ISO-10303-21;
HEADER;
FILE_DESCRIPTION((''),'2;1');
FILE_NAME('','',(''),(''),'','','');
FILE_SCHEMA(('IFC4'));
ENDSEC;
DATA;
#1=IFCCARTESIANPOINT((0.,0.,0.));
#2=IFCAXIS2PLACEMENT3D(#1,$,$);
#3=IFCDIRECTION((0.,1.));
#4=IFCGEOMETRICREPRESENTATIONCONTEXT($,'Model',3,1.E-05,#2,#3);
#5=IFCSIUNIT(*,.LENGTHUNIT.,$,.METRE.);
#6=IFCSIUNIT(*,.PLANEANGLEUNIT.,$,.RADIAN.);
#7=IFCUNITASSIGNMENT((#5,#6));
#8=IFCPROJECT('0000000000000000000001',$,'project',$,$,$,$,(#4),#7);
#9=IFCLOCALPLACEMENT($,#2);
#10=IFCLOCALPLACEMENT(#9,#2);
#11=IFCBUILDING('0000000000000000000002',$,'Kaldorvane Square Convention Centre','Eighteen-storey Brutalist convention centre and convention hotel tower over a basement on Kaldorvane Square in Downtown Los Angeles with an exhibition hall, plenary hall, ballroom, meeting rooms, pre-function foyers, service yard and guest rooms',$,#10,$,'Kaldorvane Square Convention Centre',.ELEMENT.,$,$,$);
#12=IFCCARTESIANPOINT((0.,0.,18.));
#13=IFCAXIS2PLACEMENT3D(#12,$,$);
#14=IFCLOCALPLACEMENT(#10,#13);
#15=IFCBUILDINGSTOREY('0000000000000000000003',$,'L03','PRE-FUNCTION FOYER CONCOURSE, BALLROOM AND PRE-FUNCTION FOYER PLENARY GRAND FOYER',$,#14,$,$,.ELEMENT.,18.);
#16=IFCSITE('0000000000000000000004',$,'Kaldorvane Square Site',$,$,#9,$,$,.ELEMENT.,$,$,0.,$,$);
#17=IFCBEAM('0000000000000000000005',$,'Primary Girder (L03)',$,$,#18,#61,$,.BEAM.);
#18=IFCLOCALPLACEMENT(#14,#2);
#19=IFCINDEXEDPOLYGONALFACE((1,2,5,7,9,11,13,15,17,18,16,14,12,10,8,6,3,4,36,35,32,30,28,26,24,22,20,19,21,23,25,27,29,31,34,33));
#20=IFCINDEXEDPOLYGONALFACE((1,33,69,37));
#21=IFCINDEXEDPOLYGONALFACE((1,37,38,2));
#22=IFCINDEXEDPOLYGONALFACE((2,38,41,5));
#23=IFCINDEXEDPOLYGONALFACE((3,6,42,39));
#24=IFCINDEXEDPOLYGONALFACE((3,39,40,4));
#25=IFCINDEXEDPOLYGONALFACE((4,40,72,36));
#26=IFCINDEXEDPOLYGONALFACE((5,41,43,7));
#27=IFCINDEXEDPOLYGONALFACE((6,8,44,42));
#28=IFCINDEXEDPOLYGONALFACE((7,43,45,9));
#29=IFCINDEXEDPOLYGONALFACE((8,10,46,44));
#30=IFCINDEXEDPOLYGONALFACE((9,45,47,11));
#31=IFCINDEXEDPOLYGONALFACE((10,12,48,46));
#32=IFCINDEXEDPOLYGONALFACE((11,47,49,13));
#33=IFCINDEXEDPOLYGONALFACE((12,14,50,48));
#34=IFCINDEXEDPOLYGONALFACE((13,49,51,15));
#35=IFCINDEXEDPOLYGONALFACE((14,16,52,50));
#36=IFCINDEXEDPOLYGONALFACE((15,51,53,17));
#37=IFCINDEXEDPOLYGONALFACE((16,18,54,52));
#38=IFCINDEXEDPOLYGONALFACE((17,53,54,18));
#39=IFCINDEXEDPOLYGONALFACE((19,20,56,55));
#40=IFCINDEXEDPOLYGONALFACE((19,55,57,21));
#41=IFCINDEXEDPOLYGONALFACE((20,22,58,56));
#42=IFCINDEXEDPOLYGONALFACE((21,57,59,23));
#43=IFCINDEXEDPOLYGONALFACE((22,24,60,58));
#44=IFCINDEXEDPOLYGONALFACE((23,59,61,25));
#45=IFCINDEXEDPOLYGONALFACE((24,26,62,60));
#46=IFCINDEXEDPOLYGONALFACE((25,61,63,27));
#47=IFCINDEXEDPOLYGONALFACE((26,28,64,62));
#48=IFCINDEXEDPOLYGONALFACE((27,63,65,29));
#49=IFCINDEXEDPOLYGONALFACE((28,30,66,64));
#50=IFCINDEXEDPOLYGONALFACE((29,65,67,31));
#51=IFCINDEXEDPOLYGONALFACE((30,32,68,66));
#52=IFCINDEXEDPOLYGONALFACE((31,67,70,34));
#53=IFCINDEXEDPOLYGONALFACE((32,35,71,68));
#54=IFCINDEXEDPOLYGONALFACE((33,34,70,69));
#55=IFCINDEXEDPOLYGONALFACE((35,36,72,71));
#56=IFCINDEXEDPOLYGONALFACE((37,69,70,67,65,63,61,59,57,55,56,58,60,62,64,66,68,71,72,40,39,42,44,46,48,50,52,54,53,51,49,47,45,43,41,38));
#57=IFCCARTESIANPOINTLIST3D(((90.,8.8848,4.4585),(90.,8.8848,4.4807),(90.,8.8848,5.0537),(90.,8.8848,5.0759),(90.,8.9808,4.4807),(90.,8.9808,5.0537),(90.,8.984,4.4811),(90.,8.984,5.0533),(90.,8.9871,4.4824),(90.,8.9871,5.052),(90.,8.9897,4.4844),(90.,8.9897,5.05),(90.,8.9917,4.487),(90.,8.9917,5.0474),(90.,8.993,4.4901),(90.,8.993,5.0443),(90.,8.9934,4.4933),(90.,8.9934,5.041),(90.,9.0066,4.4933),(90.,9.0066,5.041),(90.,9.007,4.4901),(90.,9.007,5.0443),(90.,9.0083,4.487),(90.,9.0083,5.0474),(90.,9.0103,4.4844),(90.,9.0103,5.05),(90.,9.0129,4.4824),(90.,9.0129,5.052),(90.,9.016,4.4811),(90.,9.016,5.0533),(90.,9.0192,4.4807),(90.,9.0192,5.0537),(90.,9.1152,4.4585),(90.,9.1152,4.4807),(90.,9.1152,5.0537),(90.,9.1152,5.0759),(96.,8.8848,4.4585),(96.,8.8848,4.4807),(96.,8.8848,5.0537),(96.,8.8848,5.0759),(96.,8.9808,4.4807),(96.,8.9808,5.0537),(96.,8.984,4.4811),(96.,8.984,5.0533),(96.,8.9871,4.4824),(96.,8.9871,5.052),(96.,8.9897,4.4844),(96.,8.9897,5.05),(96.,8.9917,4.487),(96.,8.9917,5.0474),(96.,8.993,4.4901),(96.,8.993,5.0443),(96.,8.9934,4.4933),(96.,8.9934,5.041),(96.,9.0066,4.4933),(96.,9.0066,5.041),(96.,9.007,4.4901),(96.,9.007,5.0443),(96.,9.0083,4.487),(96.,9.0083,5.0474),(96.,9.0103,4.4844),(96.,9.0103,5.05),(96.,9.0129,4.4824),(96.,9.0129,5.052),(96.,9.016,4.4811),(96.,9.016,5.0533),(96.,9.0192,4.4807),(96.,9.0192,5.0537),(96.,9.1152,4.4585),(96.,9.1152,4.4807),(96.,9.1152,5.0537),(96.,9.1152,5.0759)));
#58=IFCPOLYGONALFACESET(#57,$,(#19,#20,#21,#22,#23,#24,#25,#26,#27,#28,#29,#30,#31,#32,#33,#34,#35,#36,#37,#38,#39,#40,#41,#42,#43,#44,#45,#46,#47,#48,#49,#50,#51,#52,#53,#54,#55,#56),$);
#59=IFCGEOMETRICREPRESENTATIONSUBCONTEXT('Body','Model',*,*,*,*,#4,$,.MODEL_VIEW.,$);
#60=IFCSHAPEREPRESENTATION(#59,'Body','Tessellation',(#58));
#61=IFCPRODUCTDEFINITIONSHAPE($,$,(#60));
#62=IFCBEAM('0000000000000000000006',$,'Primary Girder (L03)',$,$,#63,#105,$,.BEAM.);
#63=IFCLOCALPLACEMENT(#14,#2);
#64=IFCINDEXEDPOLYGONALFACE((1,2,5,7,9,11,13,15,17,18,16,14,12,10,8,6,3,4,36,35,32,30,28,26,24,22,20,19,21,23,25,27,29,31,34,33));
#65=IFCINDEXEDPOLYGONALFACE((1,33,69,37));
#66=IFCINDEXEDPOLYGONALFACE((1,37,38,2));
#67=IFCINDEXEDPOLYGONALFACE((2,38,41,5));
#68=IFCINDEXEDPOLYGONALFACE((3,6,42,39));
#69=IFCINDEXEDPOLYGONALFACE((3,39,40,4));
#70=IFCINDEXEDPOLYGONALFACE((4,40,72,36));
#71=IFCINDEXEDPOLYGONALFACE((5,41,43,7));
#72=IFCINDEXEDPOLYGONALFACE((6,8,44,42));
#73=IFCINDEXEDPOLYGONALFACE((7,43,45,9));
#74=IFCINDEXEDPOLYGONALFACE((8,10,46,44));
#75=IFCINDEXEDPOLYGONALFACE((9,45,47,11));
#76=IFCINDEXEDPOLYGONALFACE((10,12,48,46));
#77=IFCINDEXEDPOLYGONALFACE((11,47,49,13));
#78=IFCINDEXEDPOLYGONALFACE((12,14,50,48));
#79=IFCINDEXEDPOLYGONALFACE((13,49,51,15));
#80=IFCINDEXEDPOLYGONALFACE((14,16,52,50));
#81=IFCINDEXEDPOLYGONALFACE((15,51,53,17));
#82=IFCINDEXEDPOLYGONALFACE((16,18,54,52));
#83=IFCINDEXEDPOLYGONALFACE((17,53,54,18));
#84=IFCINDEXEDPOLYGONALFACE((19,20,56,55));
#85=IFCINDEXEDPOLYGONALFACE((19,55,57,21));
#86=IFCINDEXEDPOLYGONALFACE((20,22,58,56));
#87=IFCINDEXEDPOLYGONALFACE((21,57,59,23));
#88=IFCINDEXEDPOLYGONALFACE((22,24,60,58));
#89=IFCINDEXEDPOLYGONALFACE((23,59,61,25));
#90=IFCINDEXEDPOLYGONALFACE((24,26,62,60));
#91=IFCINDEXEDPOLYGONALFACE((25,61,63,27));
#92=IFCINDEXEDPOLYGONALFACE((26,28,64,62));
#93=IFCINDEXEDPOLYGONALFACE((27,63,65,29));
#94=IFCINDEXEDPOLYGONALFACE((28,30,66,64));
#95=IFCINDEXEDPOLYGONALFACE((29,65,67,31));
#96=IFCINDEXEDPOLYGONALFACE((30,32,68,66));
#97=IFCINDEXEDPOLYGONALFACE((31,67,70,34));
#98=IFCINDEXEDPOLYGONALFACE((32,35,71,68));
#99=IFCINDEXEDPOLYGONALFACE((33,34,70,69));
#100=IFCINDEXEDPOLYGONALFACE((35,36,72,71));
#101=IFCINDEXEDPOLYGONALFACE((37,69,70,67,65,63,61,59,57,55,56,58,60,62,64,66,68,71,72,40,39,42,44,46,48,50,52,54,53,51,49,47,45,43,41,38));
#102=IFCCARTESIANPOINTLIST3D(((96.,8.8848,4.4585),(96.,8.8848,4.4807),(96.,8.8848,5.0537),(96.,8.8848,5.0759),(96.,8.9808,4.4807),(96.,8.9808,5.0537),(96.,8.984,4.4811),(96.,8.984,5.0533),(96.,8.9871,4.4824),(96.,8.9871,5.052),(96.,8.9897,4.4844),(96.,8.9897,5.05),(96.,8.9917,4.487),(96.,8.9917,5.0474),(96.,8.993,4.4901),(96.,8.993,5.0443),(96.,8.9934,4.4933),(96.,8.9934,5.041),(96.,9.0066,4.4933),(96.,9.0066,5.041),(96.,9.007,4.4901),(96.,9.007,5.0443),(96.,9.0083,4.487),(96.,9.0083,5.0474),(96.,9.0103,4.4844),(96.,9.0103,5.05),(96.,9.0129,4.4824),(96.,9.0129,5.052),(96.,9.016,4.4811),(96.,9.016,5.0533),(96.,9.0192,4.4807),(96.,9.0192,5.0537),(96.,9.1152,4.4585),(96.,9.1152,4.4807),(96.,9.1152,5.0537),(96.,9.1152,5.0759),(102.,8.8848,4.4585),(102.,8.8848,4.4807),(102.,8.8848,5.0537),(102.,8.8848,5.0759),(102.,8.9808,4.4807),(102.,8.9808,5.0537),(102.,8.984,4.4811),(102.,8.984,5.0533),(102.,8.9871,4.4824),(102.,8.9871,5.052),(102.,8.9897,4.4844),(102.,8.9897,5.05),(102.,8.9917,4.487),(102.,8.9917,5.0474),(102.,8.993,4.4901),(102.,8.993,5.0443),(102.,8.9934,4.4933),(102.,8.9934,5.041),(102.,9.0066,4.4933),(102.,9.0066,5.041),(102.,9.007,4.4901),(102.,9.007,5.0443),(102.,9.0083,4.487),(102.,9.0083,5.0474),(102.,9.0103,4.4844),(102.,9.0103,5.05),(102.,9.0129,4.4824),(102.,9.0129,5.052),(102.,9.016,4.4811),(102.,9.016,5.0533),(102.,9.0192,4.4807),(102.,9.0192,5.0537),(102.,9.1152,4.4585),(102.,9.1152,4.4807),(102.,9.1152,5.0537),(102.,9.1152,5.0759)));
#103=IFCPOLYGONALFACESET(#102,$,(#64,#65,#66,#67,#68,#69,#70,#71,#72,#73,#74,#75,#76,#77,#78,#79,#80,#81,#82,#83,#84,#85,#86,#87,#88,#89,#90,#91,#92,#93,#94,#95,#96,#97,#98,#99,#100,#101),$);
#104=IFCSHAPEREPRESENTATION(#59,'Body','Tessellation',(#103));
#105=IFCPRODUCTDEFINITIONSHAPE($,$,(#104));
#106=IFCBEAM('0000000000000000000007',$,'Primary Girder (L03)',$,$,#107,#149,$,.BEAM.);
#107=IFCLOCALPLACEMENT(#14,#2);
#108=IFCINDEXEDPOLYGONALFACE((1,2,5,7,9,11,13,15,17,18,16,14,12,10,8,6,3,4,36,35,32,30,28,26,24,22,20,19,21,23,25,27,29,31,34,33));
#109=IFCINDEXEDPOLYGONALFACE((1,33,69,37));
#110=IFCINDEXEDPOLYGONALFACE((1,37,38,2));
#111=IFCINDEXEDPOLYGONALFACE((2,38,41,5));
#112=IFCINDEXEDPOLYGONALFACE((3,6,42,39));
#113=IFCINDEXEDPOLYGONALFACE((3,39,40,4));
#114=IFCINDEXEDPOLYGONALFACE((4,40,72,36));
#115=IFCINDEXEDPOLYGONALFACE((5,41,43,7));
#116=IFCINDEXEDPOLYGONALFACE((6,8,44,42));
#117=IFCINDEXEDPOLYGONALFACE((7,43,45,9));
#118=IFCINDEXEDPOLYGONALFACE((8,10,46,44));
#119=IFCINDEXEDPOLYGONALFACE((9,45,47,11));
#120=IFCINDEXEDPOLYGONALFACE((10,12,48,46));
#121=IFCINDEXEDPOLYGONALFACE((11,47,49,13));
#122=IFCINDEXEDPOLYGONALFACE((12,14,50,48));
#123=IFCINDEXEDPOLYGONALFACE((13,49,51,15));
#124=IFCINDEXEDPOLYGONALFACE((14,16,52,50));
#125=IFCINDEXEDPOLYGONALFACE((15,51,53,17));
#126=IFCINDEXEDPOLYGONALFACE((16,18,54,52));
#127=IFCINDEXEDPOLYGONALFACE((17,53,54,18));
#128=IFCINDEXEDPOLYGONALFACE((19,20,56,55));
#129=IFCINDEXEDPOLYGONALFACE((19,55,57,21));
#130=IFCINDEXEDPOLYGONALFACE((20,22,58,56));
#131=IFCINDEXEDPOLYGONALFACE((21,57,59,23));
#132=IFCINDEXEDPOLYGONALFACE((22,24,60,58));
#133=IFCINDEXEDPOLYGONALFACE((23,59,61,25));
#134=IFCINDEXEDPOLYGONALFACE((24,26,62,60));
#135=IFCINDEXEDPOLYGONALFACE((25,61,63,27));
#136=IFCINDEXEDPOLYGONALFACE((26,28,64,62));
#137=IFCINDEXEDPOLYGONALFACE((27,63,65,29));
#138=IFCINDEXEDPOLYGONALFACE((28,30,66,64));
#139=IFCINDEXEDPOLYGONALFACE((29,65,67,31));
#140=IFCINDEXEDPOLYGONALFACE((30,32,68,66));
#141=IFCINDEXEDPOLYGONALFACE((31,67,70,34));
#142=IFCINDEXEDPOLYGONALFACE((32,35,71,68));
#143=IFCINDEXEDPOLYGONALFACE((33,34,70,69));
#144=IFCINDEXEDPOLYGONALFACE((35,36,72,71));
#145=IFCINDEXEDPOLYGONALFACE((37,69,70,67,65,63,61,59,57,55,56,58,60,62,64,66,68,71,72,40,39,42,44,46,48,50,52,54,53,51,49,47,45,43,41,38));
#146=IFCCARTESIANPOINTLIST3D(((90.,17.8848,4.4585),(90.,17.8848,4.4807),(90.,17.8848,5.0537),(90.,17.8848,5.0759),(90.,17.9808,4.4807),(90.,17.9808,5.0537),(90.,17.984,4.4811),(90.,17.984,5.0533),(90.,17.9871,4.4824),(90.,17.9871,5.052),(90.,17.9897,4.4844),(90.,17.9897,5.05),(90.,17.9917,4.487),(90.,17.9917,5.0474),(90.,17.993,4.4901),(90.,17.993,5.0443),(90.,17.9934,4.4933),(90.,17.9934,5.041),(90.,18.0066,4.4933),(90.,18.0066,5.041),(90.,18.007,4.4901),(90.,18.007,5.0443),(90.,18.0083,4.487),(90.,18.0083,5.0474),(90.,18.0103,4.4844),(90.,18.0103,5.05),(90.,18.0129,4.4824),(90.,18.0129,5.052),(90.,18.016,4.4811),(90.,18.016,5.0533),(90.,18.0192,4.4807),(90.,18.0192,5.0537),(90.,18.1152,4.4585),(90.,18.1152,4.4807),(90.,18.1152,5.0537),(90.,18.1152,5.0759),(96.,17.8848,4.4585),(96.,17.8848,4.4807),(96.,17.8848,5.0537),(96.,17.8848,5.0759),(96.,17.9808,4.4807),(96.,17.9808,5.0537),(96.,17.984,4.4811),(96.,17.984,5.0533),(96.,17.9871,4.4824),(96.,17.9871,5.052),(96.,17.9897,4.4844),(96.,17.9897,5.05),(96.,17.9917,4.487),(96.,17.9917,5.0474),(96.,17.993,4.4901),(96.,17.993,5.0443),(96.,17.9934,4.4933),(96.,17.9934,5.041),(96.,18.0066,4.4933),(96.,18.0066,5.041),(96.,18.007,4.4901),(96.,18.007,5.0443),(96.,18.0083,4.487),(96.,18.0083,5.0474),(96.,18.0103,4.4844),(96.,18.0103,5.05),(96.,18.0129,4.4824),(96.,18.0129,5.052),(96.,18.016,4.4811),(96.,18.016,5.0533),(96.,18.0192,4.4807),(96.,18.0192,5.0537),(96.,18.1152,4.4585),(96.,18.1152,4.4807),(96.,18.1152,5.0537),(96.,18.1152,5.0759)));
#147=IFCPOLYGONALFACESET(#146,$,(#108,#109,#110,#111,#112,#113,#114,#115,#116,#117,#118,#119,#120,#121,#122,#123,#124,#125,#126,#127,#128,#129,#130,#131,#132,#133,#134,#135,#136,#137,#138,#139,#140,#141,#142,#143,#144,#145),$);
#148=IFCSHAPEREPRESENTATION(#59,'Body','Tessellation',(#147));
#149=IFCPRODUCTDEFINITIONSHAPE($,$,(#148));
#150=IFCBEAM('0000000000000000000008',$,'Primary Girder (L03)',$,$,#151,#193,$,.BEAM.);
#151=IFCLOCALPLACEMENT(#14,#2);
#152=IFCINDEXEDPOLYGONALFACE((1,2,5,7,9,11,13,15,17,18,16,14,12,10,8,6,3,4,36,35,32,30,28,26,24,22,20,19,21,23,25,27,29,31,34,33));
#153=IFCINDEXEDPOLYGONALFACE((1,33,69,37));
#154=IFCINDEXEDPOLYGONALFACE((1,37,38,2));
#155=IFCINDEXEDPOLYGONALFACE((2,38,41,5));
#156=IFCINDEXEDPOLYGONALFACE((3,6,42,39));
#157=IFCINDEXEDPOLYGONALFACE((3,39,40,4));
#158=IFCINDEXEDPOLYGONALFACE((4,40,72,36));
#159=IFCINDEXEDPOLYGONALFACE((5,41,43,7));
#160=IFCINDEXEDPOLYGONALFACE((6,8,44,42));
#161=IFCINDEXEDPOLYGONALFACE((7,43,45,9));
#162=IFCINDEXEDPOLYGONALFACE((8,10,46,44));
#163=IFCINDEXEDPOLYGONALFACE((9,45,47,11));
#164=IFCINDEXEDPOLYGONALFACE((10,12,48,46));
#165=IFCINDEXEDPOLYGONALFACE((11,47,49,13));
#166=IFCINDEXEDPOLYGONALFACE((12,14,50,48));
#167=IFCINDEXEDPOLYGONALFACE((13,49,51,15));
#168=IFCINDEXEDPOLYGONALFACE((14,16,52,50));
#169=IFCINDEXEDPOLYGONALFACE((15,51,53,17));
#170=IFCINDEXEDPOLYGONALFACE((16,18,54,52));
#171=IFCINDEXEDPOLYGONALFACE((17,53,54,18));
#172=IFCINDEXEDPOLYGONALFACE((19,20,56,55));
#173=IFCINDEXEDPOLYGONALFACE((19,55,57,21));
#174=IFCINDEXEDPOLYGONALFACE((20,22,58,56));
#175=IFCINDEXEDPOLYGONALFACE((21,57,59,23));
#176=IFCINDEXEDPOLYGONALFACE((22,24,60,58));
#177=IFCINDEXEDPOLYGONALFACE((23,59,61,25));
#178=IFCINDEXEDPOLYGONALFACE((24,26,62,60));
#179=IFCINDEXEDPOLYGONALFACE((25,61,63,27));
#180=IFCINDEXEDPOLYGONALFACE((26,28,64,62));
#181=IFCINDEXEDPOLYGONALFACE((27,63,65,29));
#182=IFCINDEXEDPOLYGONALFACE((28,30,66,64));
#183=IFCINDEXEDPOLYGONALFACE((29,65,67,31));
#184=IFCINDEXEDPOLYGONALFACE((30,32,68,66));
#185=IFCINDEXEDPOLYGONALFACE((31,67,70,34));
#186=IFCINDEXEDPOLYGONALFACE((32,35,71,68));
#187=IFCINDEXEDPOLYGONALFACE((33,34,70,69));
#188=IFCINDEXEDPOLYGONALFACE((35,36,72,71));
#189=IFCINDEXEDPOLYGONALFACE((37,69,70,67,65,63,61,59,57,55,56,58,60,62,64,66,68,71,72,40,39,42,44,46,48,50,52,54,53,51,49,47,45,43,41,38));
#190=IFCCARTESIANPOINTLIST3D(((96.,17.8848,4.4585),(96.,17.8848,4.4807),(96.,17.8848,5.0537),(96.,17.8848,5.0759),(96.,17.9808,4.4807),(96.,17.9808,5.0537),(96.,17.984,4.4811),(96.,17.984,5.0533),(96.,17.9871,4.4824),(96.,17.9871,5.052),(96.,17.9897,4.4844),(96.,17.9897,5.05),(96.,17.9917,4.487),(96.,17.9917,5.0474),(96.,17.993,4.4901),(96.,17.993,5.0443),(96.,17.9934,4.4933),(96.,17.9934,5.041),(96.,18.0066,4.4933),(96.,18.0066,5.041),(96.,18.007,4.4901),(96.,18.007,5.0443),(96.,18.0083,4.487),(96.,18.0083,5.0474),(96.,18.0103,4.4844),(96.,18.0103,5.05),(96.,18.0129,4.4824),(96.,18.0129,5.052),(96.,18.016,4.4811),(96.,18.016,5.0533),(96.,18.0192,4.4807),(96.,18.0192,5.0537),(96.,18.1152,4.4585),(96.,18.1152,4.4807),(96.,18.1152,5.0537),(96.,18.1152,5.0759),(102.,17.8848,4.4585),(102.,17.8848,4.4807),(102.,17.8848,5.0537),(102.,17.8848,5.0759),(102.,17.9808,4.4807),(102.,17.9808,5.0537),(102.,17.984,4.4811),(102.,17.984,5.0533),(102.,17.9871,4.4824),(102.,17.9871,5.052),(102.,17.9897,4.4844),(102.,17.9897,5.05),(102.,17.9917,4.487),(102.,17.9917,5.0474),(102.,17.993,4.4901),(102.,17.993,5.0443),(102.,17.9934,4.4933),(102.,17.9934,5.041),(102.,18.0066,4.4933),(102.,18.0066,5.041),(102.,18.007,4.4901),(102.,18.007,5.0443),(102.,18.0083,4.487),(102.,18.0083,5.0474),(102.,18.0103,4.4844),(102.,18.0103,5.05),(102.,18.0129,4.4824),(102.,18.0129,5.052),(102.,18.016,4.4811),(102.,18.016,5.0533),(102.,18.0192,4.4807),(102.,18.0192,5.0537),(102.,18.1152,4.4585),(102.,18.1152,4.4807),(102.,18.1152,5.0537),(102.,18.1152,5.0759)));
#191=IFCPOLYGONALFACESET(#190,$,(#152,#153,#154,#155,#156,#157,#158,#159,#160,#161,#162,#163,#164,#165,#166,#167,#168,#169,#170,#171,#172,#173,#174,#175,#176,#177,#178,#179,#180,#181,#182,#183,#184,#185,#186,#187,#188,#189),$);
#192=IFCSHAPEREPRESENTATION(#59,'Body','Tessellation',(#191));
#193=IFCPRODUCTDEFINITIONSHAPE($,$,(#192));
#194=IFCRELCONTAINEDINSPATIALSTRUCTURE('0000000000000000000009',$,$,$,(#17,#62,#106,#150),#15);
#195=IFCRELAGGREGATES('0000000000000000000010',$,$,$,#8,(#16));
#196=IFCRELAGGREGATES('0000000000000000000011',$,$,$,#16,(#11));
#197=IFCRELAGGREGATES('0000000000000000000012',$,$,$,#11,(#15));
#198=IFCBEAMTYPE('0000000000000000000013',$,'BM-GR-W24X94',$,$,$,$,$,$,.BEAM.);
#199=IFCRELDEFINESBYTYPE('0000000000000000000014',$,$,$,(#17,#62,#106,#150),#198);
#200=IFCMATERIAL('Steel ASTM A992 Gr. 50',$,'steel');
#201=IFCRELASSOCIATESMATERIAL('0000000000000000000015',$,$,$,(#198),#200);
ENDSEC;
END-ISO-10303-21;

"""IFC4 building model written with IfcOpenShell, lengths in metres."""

from ifc_helpers import new_model, si_unit, direction, frame, origin, origin_2d, place, context, subcontext, project, spatial, i_section, extrude, material, material_profile, profile_set, type_object, element, save


model = new_model("IFC4")

# Units and contexts
model_context = context("Model", 3, precision=1e-05, world=origin(), true_north=direction((0.0, 1.0)))
body_context = subcontext(model_context, "Body", "Model", "MODEL_VIEW")
ifc_project = project(units=[si_unit("LENGTHUNIT", "METRE"), si_unit("PLANEANGLEUNIT", "RADIAN")], contexts=[model_context])

# Site, building, storey
site_placement = place(None, origin())
site = spatial("IfcSite", under=ifc_project, at=site_placement, Name="Kaldorvane Square Site", CompositionType="ELEMENT", RefElevation=0.0)
building_placement = place(site_placement, origin())
building = spatial("IfcBuilding", under=site, at=building_placement, Name="Kaldorvane Square Convention Centre", Description="Eighteen-storey Brutalist convention centre and convention hotel tower over a basement on Kaldorvane Square in Downtown Los Angeles with an exhibition hall, plenary hall, ballroom, meeting rooms, pre-function foyers, service yard and guest rooms", LongName="Kaldorvane Square Convention Centre", CompositionType="ELEMENT")
storey_placement = place(building_placement, frame((0.0, 0.0, 18.0)))
storey = spatial("IfcBuildingStorey", under=building, at=storey_placement, Name="L03", Description="PRE-FUNCTION FOYER CONCOURSE, BALLROOM AND PRE-FUNCTION FOYER PLENARY GRAND FOYER", CompositionType="ELEMENT", Elevation=18.0)

# Shared definitions
ifc_material_1 = material(Name="Steel ASTM A992 Gr. 50", Category="steel")

# Beams
ifc_material_profile_1 = material_profile(ifc_material_1, i_section(OverallWidth=0.2303, OverallDepth=0.6175, WebThickness=0.0131, FlangeThickness=0.0222, FilletRadius=0.0127, at=origin_2d()), Name="W24X94")
ifc_profile_set_1 = profile_set([ifc_material_profile_1], Name="Steel ASTM A992 Gr. 50")
beam_type_1 = type_object("IfcBeamType", Name="BM-GR-W24X94", PredefinedType="BEAM", material=ifc_profile_set_1)
for number, where, z_axis, x_axis, name in (
    (1, (90.0, 9.0, 4.7672), (1.0, 0.0, 0.0), (0.0, 1.0, 0.0), "Primary Girder (L03)"),
    (2, (96.0, 9.0, 4.7672), (1.0, 0.0, 0.0), (0.0, 1.0, 0.0), "Primary Girder (L03)"),
    (3, (90.0, 18.0, 4.7672), (1.0, 0.0, 0.0), (0.0, 1.0, 0.0), "Primary Girder (L03)"),
    (4, (96.0, 18.0, 4.7672), (1.0, 0.0, 0.0), (0.0, 1.0, 0.0), "Primary Girder (L03)"),
):
    element("IfcBeam", number, at=place(storey_placement, frame(where, z_axis=z_axis, x_axis=x_axis)), inside=storey, type_object=beam_type_1, Name=name, PredefinedType="BEAM", context=body_context, shape_type="SweptSolid", body=[
        extrude(i_section(OverallWidth=0.2303, OverallDepth=0.6175, WebThickness=0.0131, FlangeThickness=0.0222, FilletRadius=0.0127, at=origin_2d()), origin(), (0.0, 0.0, 1.0), 6.0),
    ])

save(model, "model.ifc")
